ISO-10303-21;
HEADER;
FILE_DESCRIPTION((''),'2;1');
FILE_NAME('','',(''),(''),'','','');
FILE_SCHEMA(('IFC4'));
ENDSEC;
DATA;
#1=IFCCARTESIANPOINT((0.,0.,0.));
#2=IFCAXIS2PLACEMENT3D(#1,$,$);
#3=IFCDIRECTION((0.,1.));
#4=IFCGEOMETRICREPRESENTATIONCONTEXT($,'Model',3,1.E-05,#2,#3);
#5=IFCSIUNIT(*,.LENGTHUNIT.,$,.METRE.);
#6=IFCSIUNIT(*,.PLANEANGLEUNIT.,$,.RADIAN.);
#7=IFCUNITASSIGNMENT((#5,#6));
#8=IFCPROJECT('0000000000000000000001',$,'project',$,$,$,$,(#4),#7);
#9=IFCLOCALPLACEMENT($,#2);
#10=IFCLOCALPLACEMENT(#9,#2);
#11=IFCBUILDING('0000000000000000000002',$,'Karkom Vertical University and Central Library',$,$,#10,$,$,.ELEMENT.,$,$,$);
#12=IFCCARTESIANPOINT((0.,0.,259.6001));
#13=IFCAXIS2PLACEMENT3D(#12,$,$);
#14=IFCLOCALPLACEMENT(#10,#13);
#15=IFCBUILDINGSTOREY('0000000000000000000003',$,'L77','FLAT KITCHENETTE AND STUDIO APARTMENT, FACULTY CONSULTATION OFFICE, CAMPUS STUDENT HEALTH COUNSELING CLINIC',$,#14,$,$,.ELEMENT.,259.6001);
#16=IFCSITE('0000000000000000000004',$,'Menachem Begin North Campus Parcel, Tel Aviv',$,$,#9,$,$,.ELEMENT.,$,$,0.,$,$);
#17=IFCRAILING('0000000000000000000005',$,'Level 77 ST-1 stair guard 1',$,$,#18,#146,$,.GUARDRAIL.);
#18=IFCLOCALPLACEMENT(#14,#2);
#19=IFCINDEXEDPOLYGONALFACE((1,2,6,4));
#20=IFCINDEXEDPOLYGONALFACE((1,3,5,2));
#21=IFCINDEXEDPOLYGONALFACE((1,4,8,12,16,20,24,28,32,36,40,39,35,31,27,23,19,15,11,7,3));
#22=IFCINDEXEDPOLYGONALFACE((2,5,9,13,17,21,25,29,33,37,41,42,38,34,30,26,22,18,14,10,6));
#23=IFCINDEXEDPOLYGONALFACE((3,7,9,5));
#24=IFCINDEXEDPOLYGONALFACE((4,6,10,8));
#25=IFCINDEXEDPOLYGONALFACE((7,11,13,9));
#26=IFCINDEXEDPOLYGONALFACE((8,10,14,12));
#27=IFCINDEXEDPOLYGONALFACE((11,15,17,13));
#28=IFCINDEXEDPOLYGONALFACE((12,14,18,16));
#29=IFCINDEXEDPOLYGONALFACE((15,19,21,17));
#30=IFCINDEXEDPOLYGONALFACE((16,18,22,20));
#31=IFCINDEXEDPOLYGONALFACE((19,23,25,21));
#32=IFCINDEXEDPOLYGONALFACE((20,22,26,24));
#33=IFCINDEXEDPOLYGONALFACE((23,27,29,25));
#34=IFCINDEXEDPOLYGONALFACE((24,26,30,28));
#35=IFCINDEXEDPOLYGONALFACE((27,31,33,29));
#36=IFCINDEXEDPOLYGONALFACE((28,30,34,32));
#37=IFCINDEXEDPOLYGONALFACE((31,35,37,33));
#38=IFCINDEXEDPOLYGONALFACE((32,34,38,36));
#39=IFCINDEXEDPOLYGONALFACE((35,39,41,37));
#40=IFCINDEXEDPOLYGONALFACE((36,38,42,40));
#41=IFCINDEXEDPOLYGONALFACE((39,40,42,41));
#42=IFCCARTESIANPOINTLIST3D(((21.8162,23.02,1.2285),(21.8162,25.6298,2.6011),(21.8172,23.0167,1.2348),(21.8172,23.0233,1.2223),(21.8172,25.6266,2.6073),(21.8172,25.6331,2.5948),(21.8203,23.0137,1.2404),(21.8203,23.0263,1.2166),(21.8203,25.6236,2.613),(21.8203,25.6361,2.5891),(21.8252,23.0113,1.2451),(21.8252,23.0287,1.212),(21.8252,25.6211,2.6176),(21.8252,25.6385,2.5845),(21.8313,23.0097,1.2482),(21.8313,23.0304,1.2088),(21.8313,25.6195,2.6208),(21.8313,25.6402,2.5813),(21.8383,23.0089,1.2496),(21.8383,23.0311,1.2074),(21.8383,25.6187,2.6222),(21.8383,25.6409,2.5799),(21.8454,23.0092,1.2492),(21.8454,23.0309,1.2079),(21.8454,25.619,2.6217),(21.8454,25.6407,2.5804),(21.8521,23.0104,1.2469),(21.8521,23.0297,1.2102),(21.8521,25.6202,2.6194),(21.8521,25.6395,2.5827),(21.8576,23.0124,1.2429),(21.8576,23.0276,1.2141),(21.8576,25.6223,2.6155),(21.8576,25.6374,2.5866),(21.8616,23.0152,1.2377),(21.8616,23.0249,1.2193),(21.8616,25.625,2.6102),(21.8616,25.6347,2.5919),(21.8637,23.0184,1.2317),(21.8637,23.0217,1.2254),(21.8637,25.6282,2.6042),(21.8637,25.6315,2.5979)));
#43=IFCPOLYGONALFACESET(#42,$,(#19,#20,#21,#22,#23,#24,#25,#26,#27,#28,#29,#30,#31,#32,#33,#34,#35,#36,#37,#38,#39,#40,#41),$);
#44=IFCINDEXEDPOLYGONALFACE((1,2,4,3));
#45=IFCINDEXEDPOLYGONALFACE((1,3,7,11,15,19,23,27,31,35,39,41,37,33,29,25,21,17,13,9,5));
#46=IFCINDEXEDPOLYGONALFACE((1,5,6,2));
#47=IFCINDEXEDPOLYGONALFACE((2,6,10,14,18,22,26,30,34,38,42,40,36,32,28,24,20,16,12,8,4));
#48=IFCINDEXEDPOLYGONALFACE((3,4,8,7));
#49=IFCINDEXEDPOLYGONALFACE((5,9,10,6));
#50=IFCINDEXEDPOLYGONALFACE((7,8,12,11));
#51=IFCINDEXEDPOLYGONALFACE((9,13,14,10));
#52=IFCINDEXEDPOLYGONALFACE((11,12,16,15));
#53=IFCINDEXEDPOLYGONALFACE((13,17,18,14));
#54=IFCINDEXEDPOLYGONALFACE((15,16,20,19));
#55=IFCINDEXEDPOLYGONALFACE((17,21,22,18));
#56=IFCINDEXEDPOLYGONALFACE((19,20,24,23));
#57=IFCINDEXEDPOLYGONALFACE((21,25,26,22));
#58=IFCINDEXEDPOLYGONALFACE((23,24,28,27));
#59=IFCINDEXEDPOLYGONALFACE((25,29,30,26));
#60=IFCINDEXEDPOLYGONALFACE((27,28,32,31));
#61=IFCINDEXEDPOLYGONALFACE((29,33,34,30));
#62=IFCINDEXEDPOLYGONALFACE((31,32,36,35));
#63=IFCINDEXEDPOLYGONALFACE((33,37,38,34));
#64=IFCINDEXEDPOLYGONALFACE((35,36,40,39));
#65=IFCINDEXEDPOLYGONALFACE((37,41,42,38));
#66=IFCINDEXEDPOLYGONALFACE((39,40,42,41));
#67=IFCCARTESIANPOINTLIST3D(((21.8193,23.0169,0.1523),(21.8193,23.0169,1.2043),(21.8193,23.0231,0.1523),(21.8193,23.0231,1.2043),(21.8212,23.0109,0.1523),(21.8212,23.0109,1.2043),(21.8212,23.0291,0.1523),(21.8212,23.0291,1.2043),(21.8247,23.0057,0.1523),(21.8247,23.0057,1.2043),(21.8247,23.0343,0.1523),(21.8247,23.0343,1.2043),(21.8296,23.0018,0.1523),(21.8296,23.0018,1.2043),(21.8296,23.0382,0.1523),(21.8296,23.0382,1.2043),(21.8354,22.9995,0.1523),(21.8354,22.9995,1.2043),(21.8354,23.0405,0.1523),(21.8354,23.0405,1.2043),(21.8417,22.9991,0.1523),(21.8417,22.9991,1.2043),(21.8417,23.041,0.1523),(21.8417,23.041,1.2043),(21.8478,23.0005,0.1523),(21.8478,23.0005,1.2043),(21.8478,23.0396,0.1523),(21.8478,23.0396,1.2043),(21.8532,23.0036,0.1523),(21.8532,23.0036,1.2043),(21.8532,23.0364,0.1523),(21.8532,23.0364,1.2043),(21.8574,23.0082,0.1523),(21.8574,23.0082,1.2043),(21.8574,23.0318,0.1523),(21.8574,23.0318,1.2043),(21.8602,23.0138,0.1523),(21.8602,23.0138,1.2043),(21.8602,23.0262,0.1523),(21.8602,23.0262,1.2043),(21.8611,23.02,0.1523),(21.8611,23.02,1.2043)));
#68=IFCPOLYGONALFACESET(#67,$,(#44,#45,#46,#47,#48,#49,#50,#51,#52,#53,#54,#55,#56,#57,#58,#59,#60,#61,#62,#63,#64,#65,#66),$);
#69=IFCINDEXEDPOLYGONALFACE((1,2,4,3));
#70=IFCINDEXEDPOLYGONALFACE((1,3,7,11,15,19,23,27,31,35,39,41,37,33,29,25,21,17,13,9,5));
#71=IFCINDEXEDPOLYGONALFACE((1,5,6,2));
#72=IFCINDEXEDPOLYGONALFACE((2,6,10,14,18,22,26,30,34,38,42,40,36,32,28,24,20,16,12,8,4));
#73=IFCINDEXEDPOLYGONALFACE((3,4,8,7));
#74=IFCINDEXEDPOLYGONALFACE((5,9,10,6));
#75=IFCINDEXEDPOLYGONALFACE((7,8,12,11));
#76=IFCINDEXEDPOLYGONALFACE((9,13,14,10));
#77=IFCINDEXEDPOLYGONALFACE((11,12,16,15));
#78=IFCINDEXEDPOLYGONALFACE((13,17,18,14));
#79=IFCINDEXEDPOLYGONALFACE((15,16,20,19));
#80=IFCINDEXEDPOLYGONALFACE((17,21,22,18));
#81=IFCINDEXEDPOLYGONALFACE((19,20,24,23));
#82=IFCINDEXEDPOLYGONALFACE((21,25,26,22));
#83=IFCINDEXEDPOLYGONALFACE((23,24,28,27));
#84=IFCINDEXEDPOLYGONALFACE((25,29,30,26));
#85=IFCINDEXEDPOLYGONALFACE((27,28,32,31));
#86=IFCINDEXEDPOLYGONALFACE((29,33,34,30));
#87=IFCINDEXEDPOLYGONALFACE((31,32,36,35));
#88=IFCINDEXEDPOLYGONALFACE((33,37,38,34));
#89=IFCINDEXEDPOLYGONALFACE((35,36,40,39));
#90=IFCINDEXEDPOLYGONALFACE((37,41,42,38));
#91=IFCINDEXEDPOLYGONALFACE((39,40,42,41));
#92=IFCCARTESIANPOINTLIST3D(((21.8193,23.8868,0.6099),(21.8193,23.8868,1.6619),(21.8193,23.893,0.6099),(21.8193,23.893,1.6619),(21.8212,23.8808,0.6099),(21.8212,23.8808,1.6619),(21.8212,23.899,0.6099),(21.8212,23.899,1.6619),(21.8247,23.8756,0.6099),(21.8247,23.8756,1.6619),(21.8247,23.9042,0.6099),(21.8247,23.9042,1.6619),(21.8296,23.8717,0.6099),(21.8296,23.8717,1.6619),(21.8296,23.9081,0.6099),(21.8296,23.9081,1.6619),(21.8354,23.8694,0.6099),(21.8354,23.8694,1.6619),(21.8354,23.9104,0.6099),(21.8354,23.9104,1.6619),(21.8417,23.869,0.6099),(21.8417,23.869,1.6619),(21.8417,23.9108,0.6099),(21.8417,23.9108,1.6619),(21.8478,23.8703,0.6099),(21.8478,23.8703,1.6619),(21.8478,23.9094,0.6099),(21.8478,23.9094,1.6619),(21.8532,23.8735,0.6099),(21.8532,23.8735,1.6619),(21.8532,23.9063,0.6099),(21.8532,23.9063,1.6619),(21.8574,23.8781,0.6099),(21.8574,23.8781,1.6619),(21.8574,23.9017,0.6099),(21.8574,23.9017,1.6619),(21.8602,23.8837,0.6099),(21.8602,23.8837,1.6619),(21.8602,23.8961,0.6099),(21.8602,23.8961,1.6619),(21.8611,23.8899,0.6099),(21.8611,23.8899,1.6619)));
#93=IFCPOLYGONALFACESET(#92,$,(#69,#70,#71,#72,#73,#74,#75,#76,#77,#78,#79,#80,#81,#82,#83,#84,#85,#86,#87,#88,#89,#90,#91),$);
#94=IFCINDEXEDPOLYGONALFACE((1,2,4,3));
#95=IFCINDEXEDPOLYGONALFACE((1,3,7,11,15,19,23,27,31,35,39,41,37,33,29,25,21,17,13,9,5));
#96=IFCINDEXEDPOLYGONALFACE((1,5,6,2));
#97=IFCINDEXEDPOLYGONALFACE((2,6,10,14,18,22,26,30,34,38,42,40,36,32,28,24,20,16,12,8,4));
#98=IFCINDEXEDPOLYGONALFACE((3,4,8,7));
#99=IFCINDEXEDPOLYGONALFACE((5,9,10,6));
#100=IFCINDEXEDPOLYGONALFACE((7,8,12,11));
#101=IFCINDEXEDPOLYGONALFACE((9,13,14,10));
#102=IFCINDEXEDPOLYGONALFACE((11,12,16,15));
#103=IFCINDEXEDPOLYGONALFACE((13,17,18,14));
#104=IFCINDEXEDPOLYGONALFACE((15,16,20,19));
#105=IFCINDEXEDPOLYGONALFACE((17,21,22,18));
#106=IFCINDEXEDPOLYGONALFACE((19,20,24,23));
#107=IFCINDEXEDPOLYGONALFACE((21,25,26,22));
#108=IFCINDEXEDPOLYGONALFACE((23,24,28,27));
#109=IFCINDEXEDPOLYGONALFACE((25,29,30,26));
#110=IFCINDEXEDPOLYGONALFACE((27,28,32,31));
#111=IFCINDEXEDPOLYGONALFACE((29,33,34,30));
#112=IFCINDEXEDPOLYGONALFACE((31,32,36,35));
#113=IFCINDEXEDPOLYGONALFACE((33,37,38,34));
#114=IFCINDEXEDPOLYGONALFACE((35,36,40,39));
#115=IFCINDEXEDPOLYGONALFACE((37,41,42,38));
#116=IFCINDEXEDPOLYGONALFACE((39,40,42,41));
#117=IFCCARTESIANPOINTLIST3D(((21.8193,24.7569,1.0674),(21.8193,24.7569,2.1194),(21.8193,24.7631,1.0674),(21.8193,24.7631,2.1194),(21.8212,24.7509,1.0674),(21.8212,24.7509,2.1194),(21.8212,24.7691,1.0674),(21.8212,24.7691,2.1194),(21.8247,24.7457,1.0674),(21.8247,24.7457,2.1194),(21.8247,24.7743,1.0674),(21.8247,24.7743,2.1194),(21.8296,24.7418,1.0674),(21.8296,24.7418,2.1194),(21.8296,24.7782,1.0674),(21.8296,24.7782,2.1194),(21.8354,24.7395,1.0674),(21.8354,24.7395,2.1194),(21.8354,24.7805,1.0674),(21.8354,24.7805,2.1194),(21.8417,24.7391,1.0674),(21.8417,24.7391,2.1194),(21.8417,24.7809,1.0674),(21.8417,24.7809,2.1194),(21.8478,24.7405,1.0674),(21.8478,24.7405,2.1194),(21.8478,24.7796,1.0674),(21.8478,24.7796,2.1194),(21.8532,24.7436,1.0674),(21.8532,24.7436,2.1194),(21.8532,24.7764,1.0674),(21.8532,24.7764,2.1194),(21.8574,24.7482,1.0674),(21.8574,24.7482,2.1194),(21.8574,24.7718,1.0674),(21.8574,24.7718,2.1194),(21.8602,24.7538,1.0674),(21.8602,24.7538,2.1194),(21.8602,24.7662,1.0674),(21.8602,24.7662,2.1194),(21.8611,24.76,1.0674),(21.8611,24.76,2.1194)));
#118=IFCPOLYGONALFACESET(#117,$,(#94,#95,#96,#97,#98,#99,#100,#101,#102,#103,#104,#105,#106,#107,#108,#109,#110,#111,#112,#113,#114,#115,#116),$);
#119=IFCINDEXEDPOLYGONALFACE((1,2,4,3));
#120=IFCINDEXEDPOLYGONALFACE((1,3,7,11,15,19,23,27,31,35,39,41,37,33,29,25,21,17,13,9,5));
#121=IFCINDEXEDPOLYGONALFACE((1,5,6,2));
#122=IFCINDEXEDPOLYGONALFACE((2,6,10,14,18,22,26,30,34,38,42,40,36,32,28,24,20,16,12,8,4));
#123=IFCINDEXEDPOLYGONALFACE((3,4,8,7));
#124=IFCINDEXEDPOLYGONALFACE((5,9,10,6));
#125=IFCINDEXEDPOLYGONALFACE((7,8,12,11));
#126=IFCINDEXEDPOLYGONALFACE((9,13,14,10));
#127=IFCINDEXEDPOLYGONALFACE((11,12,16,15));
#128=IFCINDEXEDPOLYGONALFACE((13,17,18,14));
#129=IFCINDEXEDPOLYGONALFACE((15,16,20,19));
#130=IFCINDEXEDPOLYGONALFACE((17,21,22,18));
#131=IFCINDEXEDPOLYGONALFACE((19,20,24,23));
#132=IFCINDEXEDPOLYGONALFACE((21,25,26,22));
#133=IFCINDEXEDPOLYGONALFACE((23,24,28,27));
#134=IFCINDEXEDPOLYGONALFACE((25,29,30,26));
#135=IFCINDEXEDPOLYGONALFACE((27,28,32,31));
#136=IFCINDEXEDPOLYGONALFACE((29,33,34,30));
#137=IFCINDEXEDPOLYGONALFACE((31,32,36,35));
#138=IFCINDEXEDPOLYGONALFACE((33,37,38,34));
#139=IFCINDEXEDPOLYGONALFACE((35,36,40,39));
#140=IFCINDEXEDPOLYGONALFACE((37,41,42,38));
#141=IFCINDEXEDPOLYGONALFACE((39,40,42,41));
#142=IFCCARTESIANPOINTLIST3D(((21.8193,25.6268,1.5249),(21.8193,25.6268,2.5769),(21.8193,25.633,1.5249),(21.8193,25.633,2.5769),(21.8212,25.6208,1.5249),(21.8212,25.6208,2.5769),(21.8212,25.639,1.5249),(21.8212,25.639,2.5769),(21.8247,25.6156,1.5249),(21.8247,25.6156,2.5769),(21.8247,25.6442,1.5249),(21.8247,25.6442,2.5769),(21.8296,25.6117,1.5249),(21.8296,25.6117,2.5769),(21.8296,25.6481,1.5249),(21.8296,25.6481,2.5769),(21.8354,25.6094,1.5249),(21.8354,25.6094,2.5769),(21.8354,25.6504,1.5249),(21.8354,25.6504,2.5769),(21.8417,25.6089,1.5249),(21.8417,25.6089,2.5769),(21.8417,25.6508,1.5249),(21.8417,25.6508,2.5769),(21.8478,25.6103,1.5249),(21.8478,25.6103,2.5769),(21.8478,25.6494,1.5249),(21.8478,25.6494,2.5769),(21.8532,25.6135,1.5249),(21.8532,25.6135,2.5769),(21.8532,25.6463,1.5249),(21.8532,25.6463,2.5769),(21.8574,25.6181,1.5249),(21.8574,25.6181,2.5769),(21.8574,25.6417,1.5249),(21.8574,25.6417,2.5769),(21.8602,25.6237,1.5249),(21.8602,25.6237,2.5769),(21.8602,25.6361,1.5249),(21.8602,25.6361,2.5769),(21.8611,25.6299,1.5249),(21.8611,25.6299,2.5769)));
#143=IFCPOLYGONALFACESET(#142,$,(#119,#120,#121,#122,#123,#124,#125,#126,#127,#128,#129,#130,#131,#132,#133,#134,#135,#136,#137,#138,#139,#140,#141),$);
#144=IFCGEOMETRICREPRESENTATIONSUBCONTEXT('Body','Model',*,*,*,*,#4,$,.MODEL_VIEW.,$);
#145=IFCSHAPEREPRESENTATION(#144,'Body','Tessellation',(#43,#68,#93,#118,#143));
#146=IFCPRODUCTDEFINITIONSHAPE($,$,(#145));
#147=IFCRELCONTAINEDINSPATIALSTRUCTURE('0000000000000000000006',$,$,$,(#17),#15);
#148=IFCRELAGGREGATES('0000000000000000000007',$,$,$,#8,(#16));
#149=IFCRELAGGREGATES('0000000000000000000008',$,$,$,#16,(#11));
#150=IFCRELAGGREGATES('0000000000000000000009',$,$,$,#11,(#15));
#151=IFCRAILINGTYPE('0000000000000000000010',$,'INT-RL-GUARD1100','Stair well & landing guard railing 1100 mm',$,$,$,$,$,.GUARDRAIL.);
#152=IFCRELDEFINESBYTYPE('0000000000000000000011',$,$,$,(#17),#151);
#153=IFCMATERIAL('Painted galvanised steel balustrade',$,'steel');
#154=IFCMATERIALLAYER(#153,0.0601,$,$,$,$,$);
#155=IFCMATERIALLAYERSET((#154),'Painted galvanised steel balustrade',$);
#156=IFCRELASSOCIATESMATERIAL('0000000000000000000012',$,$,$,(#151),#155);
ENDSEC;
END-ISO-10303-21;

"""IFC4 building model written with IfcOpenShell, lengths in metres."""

from ifc_helpers import new_model, si_unit, direction, frame, origin, origin_2d, place, context, subcontext, project, spatial, circle, extrude, material, layer, layer_set, type_object, element, save


model = new_model("IFC4")

# Units and contexts
model_context = context("Model", 3, precision=1e-05, world=origin(), true_north=direction((0.0, 1.0)))
body_context = subcontext(model_context, "Body", "Model", "MODEL_VIEW")
ifc_project = project(units=[si_unit("LENGTHUNIT", "METRE"), si_unit("PLANEANGLEUNIT", "RADIAN")], contexts=[model_context])

# Site, building, storey
site_placement = place(None, origin())
site = spatial("IfcSite", under=ifc_project, at=site_placement, Name="Menachem Begin North Campus Parcel, Tel Aviv", CompositionType="ELEMENT", RefElevation=0.0)
building_placement = place(site_placement, origin())
building = spatial("IfcBuilding", under=site, at=building_placement, Name="Karkom Vertical University and Central Library", CompositionType="ELEMENT")
storey_placement = place(building_placement, frame((0.0, 0.0, 259.6001)))
storey = spatial("IfcBuildingStorey", under=building, at=storey_placement, Name="L77", Description="FLAT KITCHENETTE AND STUDIO APARTMENT, FACULTY CONSULTATION OFFICE, CAMPUS STUDENT HEALTH COUNSELING CLINIC", CompositionType="ELEMENT", Elevation=259.6001)

# Railing
ifc_material_1 = material(Name="Painted galvanised steel balustrade", Category="steel")
ifc_layer_1 = layer(ifc_material_1, 0.0601)
ifc_layer_set_1 = layer_set([ifc_layer_1], Name="Painted galvanised steel balustrade")
railing_type_1 = type_object("IfcRailingType", Name="INT-RL-GUARD1100", Description="Stair well & landing guard railing 1100 mm", PredefinedType="GUARDRAIL", material=ifc_layer_set_1)
railing_1_placement = place(storey_placement, frame((21.8401, 23.02, 0.1523)))
element("IfcRailing", 1, at=railing_1_placement, inside=storey, type_object=railing_type_1, Name="Level 77 ST-1 stair guard 1", PredefinedType="GUARDRAIL", context=body_context, shape_type="SweptSolid", body=[
    extrude(circle(Radius=0.0239, at=origin_2d()), frame((0.0, 0.0, 1.0762), z_axis=(0.0, 0.885065, 0.465467), x_axis=(-1.0, 0.0, 0.0)), (0.0, 0.0, 1.0), 2.9487),
    extrude(circle(Radius=0.021, at=origin_2d()), origin(), (0.0, 0.0, 1.0), 1.052),
    extrude(circle(Radius=0.021, at=origin_2d()), frame((0.0, 0.8699, 0.4575)), (0.0, 0.0, 1.0), 1.052),
    extrude(circle(Radius=0.021, at=origin_2d()), frame((0.0, 1.74, 0.915)), (0.0, 0.0, 1.0), 1.052),
    extrude(circle(Radius=0.021, at=origin_2d()), frame((0.0, 2.6099, 1.3726)), (0.0, 0.0, 1.0), 1.052),
])

save(model, "model.ifc")
